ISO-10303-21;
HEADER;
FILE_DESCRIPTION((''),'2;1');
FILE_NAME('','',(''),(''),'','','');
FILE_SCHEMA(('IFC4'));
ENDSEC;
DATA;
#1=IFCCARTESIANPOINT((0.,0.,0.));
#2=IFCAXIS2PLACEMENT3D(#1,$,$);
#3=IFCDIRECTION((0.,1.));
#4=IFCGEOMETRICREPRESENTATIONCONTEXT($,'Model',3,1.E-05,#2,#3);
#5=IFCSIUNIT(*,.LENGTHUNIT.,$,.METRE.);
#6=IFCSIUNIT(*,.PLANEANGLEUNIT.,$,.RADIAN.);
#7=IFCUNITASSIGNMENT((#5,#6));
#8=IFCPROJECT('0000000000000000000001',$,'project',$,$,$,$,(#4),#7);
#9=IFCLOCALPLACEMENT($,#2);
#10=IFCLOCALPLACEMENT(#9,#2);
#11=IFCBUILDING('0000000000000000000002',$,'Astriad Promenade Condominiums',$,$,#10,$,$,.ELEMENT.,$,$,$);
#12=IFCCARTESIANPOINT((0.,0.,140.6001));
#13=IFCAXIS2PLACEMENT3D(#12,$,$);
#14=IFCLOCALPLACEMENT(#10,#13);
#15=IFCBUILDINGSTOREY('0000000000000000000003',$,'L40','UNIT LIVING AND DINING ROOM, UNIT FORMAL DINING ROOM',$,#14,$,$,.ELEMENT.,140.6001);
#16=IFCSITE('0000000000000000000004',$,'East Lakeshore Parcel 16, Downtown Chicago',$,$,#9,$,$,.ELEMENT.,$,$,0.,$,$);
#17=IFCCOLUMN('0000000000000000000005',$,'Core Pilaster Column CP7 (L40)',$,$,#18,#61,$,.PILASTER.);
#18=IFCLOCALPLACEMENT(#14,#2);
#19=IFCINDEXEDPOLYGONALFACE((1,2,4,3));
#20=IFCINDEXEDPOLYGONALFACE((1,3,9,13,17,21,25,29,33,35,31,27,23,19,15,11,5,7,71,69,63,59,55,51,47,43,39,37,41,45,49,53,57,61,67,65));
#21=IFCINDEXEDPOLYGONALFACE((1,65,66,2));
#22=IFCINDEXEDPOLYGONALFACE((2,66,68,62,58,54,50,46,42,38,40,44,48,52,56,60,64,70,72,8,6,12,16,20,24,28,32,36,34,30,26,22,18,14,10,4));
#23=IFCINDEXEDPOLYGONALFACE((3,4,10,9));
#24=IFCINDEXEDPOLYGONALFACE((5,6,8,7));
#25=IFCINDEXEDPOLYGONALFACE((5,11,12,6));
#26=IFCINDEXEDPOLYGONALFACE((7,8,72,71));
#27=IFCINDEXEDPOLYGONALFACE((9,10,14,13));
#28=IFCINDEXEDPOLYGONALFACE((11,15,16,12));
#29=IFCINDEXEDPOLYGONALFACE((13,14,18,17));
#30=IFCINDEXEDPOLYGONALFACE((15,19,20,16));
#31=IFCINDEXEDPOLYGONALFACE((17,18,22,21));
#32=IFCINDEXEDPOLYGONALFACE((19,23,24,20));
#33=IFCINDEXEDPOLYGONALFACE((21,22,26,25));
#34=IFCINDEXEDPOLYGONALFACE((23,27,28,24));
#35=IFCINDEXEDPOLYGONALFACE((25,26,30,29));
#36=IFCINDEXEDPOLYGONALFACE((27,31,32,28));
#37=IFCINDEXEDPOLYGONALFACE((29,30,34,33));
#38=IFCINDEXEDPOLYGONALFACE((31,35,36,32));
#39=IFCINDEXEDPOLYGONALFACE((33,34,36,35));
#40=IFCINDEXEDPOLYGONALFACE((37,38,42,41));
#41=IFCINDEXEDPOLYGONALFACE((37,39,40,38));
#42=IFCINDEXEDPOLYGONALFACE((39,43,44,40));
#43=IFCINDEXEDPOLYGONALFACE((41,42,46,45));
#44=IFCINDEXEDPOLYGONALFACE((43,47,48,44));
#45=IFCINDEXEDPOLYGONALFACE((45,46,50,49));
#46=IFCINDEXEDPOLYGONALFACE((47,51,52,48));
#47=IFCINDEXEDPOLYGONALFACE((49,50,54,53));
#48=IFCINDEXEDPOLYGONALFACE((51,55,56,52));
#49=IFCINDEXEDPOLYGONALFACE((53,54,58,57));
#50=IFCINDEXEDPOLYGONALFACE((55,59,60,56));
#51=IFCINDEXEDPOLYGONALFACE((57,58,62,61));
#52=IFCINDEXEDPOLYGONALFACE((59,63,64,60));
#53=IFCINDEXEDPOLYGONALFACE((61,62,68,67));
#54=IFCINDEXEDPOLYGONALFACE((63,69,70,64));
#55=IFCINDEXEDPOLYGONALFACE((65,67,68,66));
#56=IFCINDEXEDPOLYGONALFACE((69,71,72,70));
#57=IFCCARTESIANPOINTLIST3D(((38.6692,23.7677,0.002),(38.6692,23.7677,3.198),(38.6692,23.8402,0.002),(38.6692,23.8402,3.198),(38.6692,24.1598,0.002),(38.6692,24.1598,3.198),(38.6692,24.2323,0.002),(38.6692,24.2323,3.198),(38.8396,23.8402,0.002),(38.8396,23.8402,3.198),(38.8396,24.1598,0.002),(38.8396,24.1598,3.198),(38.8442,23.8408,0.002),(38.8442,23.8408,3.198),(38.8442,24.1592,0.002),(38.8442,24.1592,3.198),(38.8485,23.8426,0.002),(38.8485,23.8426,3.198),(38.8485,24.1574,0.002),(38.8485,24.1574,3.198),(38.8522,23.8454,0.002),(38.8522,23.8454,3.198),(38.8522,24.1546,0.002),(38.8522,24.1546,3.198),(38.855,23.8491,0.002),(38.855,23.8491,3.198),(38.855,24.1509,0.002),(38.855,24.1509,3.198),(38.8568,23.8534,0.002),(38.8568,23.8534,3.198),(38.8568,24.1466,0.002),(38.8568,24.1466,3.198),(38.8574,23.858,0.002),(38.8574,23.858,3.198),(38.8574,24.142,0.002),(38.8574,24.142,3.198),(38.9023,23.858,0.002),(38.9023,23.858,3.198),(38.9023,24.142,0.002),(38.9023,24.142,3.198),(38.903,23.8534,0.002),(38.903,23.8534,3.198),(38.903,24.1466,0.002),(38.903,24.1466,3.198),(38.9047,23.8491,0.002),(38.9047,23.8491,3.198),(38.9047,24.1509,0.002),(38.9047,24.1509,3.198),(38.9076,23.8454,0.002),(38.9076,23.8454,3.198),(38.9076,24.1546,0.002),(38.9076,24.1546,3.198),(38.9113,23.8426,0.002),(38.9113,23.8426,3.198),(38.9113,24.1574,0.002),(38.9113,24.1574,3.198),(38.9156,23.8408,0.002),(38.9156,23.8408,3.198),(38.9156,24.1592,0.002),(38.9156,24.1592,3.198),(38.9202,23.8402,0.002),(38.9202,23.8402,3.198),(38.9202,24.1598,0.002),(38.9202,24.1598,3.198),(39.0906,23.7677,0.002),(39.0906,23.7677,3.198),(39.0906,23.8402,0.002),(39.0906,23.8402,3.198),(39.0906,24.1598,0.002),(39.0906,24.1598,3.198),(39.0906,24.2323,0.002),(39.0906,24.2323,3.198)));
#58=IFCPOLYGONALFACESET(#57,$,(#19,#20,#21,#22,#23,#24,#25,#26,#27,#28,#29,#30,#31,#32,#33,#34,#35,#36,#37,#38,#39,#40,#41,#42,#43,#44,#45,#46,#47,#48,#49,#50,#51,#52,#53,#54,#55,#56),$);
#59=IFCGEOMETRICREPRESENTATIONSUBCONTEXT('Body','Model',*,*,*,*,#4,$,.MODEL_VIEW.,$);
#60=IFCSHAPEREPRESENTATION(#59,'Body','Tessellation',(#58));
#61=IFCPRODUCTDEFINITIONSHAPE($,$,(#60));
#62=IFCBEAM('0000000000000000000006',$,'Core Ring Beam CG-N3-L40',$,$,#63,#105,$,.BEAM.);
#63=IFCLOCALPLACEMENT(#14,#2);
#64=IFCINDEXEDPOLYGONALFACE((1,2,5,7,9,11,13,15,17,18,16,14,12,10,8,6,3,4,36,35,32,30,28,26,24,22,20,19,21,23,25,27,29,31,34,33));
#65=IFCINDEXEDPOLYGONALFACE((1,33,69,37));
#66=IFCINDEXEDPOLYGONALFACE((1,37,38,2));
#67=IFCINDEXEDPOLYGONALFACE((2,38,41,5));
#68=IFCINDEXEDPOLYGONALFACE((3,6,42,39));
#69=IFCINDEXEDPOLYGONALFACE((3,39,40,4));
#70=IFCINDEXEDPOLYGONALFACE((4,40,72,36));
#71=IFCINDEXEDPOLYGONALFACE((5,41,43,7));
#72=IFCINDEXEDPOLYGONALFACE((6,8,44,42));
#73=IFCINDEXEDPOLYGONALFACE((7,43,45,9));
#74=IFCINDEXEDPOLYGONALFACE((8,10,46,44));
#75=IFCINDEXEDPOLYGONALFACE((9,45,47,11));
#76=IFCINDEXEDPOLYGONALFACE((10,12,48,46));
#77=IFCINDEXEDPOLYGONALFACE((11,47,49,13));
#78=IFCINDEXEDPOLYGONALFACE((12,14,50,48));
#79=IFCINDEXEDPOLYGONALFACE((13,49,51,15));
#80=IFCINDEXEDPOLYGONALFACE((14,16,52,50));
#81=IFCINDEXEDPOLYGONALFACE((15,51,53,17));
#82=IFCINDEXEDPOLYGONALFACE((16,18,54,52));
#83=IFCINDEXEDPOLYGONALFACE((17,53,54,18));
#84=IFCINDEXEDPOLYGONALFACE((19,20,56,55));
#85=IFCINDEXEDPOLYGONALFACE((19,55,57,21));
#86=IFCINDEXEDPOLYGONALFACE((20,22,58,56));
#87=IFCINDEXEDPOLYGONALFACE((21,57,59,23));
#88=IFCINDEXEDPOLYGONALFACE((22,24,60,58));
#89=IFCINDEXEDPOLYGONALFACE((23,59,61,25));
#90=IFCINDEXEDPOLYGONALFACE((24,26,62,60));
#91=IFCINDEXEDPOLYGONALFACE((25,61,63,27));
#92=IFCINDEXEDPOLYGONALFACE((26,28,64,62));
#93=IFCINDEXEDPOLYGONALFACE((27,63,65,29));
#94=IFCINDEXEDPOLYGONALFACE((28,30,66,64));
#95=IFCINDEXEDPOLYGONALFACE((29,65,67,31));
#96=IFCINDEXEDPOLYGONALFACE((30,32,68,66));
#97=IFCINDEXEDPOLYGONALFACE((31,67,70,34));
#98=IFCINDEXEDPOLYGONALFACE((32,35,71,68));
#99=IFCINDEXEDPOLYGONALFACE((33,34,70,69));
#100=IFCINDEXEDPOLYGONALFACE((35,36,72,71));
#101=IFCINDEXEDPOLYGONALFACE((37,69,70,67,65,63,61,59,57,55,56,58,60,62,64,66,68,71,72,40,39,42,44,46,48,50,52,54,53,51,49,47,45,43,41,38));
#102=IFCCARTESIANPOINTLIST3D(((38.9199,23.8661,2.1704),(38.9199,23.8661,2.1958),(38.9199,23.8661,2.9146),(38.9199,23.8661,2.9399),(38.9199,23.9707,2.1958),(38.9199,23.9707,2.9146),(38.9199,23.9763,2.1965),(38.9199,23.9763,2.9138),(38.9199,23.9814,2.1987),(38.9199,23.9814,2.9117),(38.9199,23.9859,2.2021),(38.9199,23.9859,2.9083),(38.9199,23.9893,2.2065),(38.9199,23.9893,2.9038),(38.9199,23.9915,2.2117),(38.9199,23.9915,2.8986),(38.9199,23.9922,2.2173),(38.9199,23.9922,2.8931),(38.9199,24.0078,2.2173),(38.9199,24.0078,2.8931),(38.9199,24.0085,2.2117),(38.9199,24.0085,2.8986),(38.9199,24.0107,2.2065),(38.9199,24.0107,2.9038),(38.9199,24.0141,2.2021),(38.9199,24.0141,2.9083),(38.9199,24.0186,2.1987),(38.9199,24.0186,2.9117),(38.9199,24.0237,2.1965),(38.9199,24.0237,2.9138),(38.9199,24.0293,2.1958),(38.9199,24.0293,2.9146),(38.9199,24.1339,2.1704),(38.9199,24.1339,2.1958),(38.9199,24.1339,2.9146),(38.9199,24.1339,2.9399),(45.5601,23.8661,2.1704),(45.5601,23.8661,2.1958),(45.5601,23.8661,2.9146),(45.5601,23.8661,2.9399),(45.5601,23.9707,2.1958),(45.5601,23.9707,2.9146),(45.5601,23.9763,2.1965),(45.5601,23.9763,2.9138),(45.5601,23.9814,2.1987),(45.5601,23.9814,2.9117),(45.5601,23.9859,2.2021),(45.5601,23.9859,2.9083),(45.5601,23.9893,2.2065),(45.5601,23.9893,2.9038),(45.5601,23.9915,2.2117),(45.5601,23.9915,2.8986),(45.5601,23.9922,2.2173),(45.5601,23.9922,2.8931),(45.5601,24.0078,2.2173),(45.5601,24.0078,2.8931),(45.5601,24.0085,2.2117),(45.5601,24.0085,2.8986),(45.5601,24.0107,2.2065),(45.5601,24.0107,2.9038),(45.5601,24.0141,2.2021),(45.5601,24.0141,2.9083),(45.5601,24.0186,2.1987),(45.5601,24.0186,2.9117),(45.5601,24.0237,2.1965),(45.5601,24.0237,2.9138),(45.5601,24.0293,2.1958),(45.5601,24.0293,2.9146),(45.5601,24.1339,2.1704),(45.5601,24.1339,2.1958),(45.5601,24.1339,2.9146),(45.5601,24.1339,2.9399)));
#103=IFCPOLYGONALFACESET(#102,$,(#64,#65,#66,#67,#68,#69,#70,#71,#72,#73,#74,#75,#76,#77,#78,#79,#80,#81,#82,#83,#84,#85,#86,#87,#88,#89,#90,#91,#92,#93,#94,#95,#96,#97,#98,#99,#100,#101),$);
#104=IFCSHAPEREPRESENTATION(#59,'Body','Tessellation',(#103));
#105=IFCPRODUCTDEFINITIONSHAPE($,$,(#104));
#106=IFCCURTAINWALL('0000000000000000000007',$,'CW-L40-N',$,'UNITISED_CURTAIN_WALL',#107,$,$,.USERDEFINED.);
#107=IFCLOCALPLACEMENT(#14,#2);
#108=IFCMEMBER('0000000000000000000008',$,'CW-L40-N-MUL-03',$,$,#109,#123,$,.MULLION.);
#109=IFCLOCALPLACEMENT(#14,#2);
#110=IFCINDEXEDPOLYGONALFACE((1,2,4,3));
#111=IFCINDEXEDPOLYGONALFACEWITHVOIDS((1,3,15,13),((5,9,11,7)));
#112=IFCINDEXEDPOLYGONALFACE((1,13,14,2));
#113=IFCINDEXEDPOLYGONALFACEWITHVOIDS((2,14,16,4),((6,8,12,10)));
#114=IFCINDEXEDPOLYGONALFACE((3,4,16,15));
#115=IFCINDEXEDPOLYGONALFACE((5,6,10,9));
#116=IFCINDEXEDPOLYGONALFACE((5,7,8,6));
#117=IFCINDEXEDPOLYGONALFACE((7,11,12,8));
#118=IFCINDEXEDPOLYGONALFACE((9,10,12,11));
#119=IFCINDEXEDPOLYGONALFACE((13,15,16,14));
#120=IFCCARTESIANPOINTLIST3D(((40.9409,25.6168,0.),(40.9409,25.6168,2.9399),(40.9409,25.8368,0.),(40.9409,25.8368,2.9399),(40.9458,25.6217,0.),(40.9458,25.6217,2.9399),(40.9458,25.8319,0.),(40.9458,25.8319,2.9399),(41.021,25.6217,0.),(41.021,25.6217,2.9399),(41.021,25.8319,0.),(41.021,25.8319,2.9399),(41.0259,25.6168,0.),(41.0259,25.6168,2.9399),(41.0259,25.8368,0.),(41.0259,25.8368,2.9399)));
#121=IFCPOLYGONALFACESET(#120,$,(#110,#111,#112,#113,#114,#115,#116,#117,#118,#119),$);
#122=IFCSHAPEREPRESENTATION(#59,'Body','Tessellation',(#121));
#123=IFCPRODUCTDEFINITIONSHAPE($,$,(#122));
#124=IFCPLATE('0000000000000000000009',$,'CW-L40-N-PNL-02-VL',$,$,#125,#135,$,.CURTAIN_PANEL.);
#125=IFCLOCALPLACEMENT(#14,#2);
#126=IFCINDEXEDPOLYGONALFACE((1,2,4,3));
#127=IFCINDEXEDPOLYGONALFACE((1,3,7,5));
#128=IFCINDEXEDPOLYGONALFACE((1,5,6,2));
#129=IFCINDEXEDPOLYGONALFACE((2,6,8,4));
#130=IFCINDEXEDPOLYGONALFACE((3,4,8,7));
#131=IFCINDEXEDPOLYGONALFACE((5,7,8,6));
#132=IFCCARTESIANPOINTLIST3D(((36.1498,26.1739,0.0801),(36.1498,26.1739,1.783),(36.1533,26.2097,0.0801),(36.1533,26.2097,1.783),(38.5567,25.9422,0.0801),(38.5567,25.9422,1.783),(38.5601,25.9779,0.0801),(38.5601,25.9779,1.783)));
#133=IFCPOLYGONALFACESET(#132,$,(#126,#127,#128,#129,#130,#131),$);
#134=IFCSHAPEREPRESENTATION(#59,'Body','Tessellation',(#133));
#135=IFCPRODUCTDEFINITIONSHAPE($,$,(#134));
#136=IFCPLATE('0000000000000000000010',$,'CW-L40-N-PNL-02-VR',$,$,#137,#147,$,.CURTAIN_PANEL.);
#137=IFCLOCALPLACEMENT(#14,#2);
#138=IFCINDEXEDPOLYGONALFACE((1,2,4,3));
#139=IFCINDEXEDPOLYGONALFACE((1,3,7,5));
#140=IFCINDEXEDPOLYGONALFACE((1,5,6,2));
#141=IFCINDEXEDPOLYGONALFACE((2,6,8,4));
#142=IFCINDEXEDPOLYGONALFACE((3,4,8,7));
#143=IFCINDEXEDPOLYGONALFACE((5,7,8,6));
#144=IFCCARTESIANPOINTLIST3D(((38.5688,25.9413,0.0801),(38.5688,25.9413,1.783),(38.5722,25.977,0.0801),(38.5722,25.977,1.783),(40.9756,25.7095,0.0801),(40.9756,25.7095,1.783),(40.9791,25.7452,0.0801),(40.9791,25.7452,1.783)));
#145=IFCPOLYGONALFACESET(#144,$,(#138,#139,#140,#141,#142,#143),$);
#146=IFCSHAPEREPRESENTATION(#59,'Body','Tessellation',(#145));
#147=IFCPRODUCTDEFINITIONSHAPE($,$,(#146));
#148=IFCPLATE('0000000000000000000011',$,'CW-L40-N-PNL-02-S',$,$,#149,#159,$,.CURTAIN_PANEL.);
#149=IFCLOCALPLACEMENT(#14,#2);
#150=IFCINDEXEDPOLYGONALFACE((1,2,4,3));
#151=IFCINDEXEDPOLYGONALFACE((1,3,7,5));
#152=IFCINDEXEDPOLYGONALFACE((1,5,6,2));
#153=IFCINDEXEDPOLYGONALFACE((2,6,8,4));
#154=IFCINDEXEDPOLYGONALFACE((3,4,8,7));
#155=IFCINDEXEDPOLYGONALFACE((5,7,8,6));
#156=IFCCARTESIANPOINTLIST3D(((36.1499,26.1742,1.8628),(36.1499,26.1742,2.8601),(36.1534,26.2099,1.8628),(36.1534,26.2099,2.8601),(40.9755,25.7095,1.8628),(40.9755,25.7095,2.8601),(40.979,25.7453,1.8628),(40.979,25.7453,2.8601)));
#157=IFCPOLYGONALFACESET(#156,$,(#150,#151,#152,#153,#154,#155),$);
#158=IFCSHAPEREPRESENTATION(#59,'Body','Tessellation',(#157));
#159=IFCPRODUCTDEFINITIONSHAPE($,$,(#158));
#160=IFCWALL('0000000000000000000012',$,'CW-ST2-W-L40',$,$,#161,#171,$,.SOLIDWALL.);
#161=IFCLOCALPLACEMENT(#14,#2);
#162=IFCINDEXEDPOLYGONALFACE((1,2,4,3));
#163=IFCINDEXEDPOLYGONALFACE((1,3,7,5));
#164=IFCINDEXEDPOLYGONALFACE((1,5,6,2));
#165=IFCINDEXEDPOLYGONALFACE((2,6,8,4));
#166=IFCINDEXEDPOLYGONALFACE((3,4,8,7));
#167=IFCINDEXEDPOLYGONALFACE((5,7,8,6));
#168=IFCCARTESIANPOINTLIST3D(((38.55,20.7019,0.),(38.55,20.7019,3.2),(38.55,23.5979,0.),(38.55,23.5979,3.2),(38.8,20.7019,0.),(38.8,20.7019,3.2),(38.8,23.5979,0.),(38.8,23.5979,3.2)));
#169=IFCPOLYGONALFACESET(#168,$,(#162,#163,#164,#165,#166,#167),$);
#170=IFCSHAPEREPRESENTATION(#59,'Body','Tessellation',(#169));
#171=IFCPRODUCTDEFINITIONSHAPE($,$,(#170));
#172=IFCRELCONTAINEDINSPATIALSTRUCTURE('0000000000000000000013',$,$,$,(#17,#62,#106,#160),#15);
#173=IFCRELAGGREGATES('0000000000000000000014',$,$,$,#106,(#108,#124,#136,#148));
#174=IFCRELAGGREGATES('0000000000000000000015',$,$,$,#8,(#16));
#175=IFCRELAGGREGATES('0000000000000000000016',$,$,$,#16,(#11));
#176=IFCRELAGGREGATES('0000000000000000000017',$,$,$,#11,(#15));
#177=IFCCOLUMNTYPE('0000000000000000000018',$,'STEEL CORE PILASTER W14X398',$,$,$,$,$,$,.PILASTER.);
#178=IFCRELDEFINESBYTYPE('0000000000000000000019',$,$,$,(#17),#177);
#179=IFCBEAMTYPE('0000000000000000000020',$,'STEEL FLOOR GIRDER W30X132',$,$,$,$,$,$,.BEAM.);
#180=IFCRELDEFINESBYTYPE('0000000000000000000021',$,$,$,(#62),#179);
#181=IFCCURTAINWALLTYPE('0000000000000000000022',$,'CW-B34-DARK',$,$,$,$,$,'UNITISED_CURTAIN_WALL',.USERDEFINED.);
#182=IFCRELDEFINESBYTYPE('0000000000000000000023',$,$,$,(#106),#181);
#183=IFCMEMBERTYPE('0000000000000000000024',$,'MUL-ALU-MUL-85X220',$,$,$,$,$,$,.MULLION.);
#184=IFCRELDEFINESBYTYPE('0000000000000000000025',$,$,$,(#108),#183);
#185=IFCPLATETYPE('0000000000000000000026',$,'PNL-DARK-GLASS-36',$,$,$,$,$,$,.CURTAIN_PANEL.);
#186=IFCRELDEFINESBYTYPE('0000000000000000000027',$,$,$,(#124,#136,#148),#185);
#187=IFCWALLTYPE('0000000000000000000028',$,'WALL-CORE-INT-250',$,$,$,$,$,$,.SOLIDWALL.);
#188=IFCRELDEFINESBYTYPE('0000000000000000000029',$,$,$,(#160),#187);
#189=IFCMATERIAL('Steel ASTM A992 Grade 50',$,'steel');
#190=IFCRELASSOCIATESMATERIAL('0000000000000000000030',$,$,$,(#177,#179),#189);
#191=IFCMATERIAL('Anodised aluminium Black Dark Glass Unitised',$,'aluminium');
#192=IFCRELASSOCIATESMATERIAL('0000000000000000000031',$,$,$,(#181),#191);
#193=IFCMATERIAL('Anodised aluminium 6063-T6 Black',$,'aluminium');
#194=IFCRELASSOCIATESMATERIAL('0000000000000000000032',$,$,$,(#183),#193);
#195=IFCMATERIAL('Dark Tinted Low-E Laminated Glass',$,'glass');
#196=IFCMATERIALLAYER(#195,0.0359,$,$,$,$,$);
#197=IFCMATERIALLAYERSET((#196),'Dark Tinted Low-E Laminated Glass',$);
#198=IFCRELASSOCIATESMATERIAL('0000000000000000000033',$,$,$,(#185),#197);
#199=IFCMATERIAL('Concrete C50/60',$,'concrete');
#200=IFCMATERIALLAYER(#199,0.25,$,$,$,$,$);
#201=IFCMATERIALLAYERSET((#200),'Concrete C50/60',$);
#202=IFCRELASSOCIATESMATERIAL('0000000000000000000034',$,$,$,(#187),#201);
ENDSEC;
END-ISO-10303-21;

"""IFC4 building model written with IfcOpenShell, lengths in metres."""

from ifc_helpers import new_model, si_unit, direction, frame, frame_2d, origin, origin_2d, place, context, subcontext, project, spatial, rectangle, hollow_rectangle, i_section, extrude, source, transform, mapped, material, layer, layer_set, material_profile, profile_set, type_object, type_shapes, element, aggregate, save


model = new_model("IFC4")

# Units and contexts
model_context = context("Model", 3, precision=1e-05, world=origin(), true_north=direction((0.0, 1.0)))
body_context = subcontext(model_context, "Body", "Model", "MODEL_VIEW")
ifc_project = project(units=[si_unit("LENGTHUNIT", "METRE"), si_unit("PLANEANGLEUNIT", "RADIAN")], contexts=[model_context])

# Site, building, storey
site_placement = place(None, origin())
site = spatial("IfcSite", under=ifc_project, at=site_placement, Name="East Lakeshore Parcel 16, Downtown Chicago", CompositionType="ELEMENT", RefElevation=0.0)
building_placement = place(site_placement, origin())
building = spatial("IfcBuilding", under=site, at=building_placement, Name="Astriad Promenade Condominiums", CompositionType="ELEMENT")
storey_placement = place(building_placement, frame((0.0, 0.0, 140.6001)))
storey = spatial("IfcBuildingStorey", under=building, at=storey_placement, Name="L40", Description="UNIT LIVING AND DINING ROOM, UNIT FORMAL DINING ROOM", CompositionType="ELEMENT", Elevation=140.6001)

# Column
ifc_material_1 = material(Name="Steel ASTM A992 Grade 50", Category="steel")
ifc_material_profile_1 = material_profile(ifc_material_1, i_section(OverallWidth=0.4214, OverallDepth=0.4646, WebThickness=0.0449, FlangeThickness=0.0725, FilletRadius=0.0178, at=origin_2d()), Name="W14X398")
ifc_profile_set_1 = profile_set([ifc_material_profile_1], Name="Steel ASTM A992 Grade 50")
column_type = type_object("IfcColumnType", Name="STEEL CORE PILASTER W14X398", PredefinedType="PILASTER", material=ifc_profile_set_1)
shared_shape_1 = source(origin(), body_context, "Body", "SweptSolid", [
    extrude(i_section(OverallWidth=0.4214, OverallDepth=0.4646, WebThickness=0.0449, FlangeThickness=0.0725, FilletRadius=0.0178, at=origin_2d()), origin(), (0.0, 0.0, 1.0), 3.196),
])
type_shapes(column_type, [shared_shape_1])
column_placement = place(storey_placement, frame((38.8799, 24.0, 0.002), z_axis=(0.0, 0.0, 1.0), x_axis=(1.0, 0.0, 0.0)))
element("IfcColumn", 1, at=column_placement, inside=storey, type_object=column_type, Name="Core Pilaster Column CP7 (L40)", PredefinedType="PILASTER", context=body_context, shape_type="MappedRepresentation", body=[
    mapped(shared_shape_1, transform((0.0, 0.0, 0.0), scale=1.0)),
])

# Beam
ifc_material_profile_2 = material_profile(ifc_material_1, i_section(OverallWidth=0.2678, OverallDepth=0.7695, WebThickness=0.0156, FlangeThickness=0.0254, FilletRadius=0.0215, at=origin_2d()), Name="W30X132")
ifc_profile_set_2 = profile_set([ifc_material_profile_2], Name="Steel ASTM A992 Grade 50")
beam_type = type_object("IfcBeamType", Name="STEEL FLOOR GIRDER W30X132", PredefinedType="BEAM", material=ifc_profile_set_2)
shared_shape_2 = source(origin(), body_context, "Body", "SweptSolid", [
    extrude(i_section(OverallWidth=0.2678, OverallDepth=0.7695, WebThickness=0.0156, FlangeThickness=0.0254, FilletRadius=0.0215, at=origin_2d()), origin(), (0.0, 0.0, 1.0), 6.6401),
])
type_shapes(beam_type, [shared_shape_2])
beam_placement = place(storey_placement, frame((38.9199, 24.0, 2.5552), z_axis=(1.0, 0.0, 0.0), x_axis=(0.0, 1.0, 0.0)))
element("IfcBeam", 2, at=beam_placement, inside=storey, type_object=beam_type, Name="Core Ring Beam CG-N3-L40", PredefinedType="BEAM", context=body_context, shape_type="MappedRepresentation", body=[
    mapped(shared_shape_2, transform((0.0, 0.0, 0.0), scale=1.0)),
])

# Curtain wall, member, plates
ifc_material_2 = material(Name="Anodised aluminium Black Dark Glass Unitised", Category="aluminium")
curtain_wall_type = type_object("IfcCurtainWallType", Name="CW-B34-DARK", ElementType="UNITISED_CURTAIN_WALL", PredefinedType="USERDEFINED", material=ifc_material_2)
curtain_wall_placement = place(storey_placement, origin())
curtain_wall = element("IfcCurtainWall", 3, at=curtain_wall_placement, inside=storey, type_object=curtain_wall_type, Name="CW-L40-N", ObjectType="UNITISED_CURTAIN_WALL", PredefinedType="USERDEFINED")
ifc_material_3 = material(Name="Anodised aluminium 6063-T6 Black", Category="aluminium")
ifc_material_profile_3 = material_profile(ifc_material_3, hollow_rectangle(XDim=0.085, YDim=0.22, WallThickness=0.0049, at=origin_2d()), Name="ALU-MUL-85X220")
ifc_profile_set_3 = profile_set([ifc_material_profile_3], Name="Anodised aluminium 6063-T6 Black")
member_type = type_object("IfcMemberType", Name="MUL-ALU-MUL-85X220", PredefinedType="MULLION", material=ifc_profile_set_3)
shared_shape_3 = source(origin(), body_context, "Body", "SweptSolid", [
    extrude(hollow_rectangle(XDim=0.085, YDim=0.22, WallThickness=0.0049, at=origin_2d()), origin(), (0.0, 0.0, 1.0), 2.9399),
])
type_shapes(member_type, [shared_shape_3])
member_placement = place(storey_placement, frame((40.9834, 25.7268, 0.0), z_axis=(0.0, 0.0, 1.0), x_axis=(1.0, 0.0, 0.0)))
member = element("IfcMember", 4, at=member_placement, type_object=member_type, Name="CW-L40-N-MUL-03", PredefinedType="MULLION", context=body_context, shape_type="MappedRepresentation", body=[
    mapped(shared_shape_3, transform((0.0, 0.0, 0.0), scale=1.0)),
])
ifc_material_4 = material(Name="Dark Tinted Low-E Laminated Glass", Category="glass")
ifc_layer_1 = layer(ifc_material_4, 0.0359)
ifc_layer_set_1 = layer_set([ifc_layer_1], Name="Dark Tinted Low-E Laminated Glass")
plate_type = type_object("IfcPlateType", Name="PNL-DARK-GLASS-36", PredefinedType="CURTAIN_PANEL", material=ifc_layer_set_1)
shared_shape_4 = source(origin(), body_context, "Body", "SweptSolid", [
    extrude(rectangle(XDim=2.418, YDim=0.0359, at=origin_2d()), origin(), (0.0, 0.0, 1.0), 1.7029),
])
plate_1_placement = place(storey_placement, frame((37.355, 26.0759, 0.0801), z_axis=(0.0, 0.0, 1.0), x_axis=(0.995396, -0.095846, 0.0)))
plate_1 = element("IfcPlate", 5, at=plate_1_placement, type_object=plate_type, Name="CW-L40-N-PNL-02-VL", PredefinedType="CURTAIN_PANEL", context=body_context, shape_type="MappedRepresentation", body=[
    mapped(shared_shape_4, transform((0.0, 0.0, 0.0), scale=1.0)),
])
plate_2_placement = place(storey_placement, frame((39.7739, 25.8433, 0.0801), z_axis=(0.0, 0.0, 1.0), x_axis=(0.995396, -0.095846, 0.0)))
plate_2 = element("IfcPlate", 6, at=plate_2_placement, type_object=plate_type, Name="CW-L40-N-PNL-02-VR", PredefinedType="CURTAIN_PANEL", context=body_context, shape_type="MappedRepresentation", body=[
    mapped(shared_shape_4, transform((0.0, 0.0, 0.0), scale=1.0)),
])
shared_shape_5 = source(origin(), body_context, "Body", "SweptSolid", [
    extrude(rectangle(XDim=4.8479, YDim=0.0359, at=origin_2d()), origin(), (0.0, 0.0, 1.0), 0.9973),
])
type_shapes(plate_type, [shared_shape_4, shared_shape_5])
plate_3_placement = place(storey_placement, frame((38.5645, 25.9597, 1.8628), z_axis=(0.0, 0.0, 1.0), x_axis=(0.995396, -0.095846, 0.0)))
plate_3 = element("IfcPlate", 7, at=plate_3_placement, type_object=plate_type, Name="CW-L40-N-PNL-02-S", PredefinedType="CURTAIN_PANEL", context=body_context, shape_type="MappedRepresentation", body=[
    mapped(shared_shape_5, transform((0.0, 0.0, 0.0), scale=1.0)),
])
aggregate(curtain_wall, [member, plate_1, plate_2, plate_3])

# Wall
ifc_material_5 = material(Name="Concrete C50/60", Category="concrete")
ifc_layer_2 = layer(ifc_material_5, 0.25)
ifc_layer_set_2 = layer_set([ifc_layer_2], Name="Concrete C50/60")
wall_type_1 = type_object("IfcWallType", Name="WALL-CORE-INT-250", PredefinedType="SOLIDWALL", material=ifc_layer_set_2)
wall_1_placement = place(storey_placement, frame((38.675, 20.7019, 0.0), z_axis=(0.0, 0.0, 1.0), x_axis=(0.0, 1.0, 0.0)))
element("IfcWall", 8, at=wall_1_placement, inside=storey, type_object=wall_type_1, Name="CW-ST2-W-L40", PredefinedType="SOLIDWALL", context=body_context, shape_type="SweptSolid", body=[
    extrude(rectangle(XDim=2.896, YDim=0.25, at=frame_2d((1.448, 0.0))), origin(), (0.0, 0.0, 1.0), 3.2),
])

save(model, "model.ifc")
